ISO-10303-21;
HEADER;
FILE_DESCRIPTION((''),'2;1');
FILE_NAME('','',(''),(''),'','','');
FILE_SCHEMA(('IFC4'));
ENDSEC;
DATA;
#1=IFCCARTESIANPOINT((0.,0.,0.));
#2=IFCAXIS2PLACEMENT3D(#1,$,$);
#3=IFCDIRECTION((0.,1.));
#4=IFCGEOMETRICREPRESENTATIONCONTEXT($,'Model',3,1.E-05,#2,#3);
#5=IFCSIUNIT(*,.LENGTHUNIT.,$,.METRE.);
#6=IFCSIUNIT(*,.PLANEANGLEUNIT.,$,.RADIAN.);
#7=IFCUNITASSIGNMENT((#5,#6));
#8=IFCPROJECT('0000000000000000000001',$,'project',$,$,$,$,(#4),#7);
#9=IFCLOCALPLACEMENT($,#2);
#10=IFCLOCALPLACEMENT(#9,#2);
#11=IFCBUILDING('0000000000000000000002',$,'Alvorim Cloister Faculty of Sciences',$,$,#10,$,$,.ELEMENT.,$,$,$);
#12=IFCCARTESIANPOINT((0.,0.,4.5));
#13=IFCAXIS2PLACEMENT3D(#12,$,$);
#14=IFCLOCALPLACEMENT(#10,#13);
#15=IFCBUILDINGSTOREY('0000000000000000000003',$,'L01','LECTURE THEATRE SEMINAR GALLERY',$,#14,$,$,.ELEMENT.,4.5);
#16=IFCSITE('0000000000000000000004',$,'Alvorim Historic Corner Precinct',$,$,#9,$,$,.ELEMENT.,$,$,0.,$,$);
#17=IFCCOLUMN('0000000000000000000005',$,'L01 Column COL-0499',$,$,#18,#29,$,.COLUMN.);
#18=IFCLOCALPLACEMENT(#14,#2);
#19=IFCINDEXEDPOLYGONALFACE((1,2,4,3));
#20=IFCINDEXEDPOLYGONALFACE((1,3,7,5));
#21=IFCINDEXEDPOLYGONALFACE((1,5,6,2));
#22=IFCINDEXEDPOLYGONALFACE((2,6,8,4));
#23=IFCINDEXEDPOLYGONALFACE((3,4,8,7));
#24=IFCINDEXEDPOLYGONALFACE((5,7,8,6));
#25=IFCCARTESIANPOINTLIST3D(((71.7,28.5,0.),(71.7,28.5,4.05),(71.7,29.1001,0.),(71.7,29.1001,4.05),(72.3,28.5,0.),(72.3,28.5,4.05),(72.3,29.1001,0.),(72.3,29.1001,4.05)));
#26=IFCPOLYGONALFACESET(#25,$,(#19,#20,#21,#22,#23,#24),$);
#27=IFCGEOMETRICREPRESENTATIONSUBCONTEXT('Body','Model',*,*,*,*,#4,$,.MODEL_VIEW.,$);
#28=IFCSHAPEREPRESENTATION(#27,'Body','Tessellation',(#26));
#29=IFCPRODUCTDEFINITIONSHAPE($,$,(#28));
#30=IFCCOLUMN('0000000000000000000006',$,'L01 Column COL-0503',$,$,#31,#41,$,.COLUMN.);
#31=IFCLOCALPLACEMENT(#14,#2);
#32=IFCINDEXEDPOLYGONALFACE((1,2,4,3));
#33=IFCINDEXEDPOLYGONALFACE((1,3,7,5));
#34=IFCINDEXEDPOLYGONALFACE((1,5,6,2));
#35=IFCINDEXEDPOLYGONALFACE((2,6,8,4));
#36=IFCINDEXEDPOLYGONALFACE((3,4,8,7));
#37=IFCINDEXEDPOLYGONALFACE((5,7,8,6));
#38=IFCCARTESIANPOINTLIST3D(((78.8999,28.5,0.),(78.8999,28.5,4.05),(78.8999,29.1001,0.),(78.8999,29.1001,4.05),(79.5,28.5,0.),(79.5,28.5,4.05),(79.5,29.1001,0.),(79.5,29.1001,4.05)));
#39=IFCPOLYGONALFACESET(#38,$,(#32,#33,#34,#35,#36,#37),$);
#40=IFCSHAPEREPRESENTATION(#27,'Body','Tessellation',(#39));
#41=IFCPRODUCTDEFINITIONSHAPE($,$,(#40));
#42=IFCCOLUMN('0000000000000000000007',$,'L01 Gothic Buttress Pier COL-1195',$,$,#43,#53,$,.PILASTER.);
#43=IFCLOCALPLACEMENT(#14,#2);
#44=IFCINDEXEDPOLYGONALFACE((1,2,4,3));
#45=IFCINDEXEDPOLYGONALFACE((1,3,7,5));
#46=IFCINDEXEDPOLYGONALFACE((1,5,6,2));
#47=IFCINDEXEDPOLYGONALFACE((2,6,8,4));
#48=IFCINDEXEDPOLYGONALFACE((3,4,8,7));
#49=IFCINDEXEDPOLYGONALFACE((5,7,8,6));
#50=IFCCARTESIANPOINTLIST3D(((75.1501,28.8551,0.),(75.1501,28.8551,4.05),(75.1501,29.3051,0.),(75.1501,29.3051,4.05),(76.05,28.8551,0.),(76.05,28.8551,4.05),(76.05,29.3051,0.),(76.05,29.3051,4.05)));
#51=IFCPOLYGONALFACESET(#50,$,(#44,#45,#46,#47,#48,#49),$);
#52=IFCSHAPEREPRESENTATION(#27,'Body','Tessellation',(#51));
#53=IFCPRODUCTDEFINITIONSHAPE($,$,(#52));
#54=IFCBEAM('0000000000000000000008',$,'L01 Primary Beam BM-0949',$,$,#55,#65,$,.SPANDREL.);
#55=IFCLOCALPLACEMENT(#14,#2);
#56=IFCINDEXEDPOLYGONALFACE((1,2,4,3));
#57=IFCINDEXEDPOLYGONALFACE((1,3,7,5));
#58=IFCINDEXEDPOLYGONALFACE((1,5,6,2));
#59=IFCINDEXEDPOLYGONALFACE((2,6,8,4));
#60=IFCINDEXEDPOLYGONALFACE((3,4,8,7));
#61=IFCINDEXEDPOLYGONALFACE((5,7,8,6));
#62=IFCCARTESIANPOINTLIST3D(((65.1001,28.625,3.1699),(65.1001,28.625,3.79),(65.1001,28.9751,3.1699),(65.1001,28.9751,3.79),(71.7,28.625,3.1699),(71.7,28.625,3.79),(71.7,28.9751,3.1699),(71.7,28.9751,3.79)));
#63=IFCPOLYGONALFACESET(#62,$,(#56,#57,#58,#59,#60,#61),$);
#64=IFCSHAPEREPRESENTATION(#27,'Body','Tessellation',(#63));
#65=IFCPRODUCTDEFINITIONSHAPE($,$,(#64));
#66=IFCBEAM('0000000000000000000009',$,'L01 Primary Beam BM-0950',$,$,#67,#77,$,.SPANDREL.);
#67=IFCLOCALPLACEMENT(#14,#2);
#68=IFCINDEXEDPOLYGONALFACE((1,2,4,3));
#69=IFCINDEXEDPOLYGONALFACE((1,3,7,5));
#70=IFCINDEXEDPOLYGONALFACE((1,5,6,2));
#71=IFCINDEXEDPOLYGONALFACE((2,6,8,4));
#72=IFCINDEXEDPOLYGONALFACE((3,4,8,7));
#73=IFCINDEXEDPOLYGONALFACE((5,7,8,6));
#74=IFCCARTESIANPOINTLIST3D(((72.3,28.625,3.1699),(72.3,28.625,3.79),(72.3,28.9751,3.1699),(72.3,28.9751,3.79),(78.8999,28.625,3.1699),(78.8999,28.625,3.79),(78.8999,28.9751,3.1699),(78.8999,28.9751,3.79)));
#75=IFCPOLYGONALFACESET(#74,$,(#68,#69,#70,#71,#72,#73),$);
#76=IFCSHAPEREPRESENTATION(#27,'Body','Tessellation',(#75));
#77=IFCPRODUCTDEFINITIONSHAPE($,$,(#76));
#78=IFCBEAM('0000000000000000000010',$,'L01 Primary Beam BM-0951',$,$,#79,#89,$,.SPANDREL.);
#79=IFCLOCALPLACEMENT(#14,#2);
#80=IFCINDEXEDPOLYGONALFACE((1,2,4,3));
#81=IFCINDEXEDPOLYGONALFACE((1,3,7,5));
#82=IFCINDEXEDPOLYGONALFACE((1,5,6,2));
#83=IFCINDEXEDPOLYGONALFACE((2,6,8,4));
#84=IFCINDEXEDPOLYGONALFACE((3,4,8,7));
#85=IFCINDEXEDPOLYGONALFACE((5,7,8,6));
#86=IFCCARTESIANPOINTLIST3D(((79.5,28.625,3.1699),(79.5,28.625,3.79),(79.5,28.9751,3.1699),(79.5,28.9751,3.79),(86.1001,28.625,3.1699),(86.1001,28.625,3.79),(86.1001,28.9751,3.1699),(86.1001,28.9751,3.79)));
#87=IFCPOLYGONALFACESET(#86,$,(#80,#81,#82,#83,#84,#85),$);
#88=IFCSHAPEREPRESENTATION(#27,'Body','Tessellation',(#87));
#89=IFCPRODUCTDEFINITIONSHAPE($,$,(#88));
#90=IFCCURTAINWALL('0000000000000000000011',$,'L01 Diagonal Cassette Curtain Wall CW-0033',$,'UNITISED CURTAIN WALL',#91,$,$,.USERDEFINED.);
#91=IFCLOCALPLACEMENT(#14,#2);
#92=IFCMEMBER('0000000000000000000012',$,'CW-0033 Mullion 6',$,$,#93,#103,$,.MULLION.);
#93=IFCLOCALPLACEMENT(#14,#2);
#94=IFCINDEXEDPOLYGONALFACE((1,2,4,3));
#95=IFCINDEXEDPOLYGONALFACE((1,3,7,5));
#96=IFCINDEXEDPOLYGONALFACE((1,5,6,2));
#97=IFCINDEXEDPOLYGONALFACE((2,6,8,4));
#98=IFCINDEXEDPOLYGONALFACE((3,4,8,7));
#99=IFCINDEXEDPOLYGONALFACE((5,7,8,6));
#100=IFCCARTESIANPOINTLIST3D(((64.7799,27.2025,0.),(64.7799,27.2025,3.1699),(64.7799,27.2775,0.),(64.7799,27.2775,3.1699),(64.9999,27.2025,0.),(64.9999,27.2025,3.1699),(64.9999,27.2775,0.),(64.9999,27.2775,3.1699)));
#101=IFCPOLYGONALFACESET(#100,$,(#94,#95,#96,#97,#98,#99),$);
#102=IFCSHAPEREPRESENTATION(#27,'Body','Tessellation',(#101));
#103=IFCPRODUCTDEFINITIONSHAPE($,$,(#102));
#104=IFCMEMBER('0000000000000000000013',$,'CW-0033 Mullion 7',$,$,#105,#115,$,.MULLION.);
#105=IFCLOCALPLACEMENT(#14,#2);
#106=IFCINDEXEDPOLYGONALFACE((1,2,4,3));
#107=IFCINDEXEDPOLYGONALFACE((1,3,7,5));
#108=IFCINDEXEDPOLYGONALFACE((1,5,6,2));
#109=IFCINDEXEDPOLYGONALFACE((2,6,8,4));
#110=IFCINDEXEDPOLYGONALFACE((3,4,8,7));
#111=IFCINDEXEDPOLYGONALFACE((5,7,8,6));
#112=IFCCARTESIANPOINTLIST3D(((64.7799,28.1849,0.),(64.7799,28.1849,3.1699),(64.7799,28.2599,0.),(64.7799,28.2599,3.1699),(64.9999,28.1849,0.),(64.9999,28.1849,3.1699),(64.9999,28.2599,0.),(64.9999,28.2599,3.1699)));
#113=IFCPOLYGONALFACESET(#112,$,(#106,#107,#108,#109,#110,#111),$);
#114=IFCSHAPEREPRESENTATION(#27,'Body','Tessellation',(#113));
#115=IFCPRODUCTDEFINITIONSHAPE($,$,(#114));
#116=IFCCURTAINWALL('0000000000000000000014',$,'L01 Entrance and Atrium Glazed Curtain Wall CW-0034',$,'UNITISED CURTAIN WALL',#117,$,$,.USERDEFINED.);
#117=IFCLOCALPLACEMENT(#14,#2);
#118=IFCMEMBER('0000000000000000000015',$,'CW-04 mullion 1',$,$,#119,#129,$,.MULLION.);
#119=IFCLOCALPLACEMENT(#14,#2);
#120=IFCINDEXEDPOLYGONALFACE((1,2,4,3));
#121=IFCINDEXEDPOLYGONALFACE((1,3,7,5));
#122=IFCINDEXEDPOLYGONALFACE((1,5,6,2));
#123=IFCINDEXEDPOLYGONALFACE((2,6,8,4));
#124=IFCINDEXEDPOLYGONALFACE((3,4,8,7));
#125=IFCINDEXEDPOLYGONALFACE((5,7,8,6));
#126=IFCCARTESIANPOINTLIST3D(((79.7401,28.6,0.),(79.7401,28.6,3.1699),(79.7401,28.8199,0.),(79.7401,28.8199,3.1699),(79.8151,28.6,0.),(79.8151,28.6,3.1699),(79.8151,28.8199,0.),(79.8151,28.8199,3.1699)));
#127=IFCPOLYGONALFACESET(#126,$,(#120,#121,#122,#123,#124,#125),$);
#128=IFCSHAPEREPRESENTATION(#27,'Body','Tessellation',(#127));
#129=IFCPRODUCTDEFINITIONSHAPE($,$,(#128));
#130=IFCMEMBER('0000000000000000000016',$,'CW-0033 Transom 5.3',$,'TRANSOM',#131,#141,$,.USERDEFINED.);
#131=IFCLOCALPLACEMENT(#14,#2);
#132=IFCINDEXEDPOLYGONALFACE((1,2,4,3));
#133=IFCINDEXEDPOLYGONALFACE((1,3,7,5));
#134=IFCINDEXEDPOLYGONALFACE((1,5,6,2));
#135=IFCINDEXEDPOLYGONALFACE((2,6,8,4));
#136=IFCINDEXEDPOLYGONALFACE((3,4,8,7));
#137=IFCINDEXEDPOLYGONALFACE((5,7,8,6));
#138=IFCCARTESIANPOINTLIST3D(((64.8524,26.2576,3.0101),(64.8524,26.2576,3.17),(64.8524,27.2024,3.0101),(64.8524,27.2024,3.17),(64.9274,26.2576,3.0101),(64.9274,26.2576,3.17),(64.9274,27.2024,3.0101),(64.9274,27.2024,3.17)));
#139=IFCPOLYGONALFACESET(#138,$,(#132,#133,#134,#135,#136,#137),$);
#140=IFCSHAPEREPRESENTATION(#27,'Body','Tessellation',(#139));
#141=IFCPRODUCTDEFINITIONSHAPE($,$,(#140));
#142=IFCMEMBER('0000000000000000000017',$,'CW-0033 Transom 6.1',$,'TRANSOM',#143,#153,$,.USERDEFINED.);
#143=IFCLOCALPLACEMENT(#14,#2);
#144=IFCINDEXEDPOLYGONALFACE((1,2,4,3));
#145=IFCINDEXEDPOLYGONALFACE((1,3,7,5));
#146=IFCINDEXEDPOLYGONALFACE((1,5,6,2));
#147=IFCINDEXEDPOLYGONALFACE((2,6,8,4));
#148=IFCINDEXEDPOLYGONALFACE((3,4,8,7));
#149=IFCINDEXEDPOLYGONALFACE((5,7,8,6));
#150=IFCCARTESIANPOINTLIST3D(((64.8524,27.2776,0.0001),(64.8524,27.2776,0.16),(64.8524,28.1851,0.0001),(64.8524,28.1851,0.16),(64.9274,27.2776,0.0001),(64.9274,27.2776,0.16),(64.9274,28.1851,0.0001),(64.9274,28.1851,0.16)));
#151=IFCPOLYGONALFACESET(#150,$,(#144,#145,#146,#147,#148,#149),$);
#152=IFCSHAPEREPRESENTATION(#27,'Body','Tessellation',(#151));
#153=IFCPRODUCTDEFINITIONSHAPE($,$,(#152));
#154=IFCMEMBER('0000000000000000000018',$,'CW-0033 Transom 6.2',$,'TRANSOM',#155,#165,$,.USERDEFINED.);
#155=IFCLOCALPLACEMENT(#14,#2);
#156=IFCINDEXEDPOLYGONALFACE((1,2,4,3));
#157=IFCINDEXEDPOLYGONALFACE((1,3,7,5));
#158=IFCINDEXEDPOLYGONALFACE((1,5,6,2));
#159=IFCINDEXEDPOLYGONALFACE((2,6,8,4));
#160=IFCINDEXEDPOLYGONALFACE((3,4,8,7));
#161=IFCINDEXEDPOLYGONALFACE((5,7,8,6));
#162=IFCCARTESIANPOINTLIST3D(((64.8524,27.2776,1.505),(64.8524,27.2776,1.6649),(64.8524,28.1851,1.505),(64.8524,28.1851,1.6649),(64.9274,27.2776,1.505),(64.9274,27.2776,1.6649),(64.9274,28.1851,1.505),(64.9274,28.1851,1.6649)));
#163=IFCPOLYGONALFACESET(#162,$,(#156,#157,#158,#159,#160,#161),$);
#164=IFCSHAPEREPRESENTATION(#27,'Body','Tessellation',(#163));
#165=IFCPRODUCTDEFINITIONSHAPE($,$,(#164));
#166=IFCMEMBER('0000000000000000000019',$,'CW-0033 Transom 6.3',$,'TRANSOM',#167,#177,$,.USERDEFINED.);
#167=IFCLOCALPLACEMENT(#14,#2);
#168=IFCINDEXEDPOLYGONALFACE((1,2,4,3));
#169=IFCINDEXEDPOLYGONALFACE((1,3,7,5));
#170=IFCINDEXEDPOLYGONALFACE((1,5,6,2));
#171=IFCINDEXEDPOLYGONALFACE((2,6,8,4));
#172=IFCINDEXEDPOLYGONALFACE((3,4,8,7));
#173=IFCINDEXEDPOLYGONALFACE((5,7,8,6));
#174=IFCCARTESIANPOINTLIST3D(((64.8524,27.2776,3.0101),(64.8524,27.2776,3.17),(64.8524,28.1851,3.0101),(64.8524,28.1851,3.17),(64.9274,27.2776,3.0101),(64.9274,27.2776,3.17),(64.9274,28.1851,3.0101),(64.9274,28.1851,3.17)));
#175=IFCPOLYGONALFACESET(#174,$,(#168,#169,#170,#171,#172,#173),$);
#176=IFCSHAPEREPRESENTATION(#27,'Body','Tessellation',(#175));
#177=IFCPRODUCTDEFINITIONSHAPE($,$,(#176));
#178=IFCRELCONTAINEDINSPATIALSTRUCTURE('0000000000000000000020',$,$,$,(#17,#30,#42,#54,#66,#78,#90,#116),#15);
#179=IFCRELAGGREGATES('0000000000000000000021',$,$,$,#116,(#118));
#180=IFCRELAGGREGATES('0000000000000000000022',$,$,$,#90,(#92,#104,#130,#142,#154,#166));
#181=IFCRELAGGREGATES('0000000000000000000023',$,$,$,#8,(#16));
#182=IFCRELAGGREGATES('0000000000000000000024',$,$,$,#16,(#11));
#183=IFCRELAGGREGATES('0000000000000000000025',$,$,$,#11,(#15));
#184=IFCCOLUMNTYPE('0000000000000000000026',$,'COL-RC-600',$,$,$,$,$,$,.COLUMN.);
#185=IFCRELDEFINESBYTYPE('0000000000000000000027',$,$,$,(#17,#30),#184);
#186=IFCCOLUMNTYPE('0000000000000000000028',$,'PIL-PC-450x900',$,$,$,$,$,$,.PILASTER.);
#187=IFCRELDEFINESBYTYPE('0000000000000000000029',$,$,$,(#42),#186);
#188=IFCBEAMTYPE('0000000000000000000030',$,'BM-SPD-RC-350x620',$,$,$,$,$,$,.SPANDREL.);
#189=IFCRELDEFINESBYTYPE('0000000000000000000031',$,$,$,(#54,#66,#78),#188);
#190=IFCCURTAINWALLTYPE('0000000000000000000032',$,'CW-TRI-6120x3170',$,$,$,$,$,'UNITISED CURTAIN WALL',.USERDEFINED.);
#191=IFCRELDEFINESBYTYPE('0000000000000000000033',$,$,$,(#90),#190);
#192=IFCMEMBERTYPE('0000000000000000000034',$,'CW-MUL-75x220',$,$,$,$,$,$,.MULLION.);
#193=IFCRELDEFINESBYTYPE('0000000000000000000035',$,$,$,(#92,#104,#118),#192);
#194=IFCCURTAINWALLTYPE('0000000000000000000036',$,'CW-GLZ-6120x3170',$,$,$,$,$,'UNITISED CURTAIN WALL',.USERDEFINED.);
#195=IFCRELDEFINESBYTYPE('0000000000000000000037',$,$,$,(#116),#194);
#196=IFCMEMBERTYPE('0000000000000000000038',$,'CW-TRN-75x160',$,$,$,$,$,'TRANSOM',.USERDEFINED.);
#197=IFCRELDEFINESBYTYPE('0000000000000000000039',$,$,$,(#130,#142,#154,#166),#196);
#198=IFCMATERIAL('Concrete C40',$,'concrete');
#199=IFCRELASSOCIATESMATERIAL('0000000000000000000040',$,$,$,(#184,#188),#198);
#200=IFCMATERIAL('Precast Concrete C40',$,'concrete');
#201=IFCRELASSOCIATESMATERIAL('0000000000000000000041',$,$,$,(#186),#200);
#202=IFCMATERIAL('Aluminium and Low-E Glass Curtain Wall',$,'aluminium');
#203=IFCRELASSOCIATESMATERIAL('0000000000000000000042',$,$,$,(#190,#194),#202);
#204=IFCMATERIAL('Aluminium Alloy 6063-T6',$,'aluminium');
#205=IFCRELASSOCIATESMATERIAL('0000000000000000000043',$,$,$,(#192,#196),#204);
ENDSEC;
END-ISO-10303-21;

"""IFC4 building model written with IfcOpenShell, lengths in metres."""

from ifc_helpers import new_model, si_unit, direction, frame, origin, origin_2d, place, context, subcontext, project, spatial, rectangle, extrude, material, material_profile, profile_set, type_object, element, aggregate, save


model = new_model("IFC4")

# Units and contexts
model_context = context("Model", 3, precision=1e-05, world=origin(), true_north=direction((0.0, 1.0)))
body_context = subcontext(model_context, "Body", "Model", "MODEL_VIEW")
ifc_project = project(units=[si_unit("LENGTHUNIT", "METRE"), si_unit("PLANEANGLEUNIT", "RADIAN")], contexts=[model_context])

# Site, building, storey
site_placement = place(None, origin())
site = spatial("IfcSite", under=ifc_project, at=site_placement, Name="Alvorim Historic Corner Precinct", CompositionType="ELEMENT", RefElevation=0.0)
building_placement = place(site_placement, origin())
building = spatial("IfcBuilding", under=site, at=building_placement, Name="Alvorim Cloister Faculty of Sciences", CompositionType="ELEMENT")
storey_placement = place(building_placement, frame((0.0, 0.0, 4.5)))
storey = spatial("IfcBuildingStorey", under=building, at=storey_placement, Name="L01", Description="LECTURE THEATRE SEMINAR GALLERY", CompositionType="ELEMENT", Elevation=4.5)

# Columns
ifc_material_1 = material(Name="Concrete C40", Category="concrete")
ifc_material_profile_1 = material_profile(ifc_material_1, rectangle(XDim=0.6001, YDim=0.6001, at=origin_2d()), Name="RC40-COL-600x600")
ifc_profile_set_1 = profile_set([ifc_material_profile_1], Name="Concrete C40")
column_type_1 = type_object("IfcColumnType", Name="COL-RC-600", PredefinedType="COLUMN", material=ifc_profile_set_1)
for number, where, z_axis, x_axis, name in (
    (1, (72.0, 28.8, 0.0), (0.0, 0.0, 1.0), (1.0, 0.0, 0.0), "L01 Column COL-0499"),
    (2, (79.2, 28.8, 0.0), (0.0, 0.0, 1.0), (1.0, 0.0, 0.0), "L01 Column COL-0503"),
):
    element("IfcColumn", number, at=place(storey_placement, frame(where, z_axis=z_axis, x_axis=x_axis)), inside=storey, type_object=column_type_1, Name=name, PredefinedType="COLUMN", context=body_context, shape_type="SweptSolid", body=[
        extrude(rectangle(XDim=0.6001, YDim=0.6001, at=origin_2d()), origin(), (0.0, 0.0, 1.0), 4.05),
    ])
ifc_material_2 = material(Name="Precast Concrete C40", Category="concrete")
ifc_material_profile_2 = material_profile(ifc_material_2, rectangle(XDim=0.45, YDim=0.8999, at=origin_2d()), Name="RC40-PIL-450x900")
ifc_profile_set_2 = profile_set([ifc_material_profile_2], Name="Precast Concrete C40")
column_type_2 = type_object("IfcColumnType", Name="PIL-PC-450x900", PredefinedType="PILASTER", material=ifc_profile_set_2)
column_placement = place(storey_placement, frame((75.6001, 29.0801, 0.0), z_axis=(0.0, 0.0, 1.0), x_axis=(0.0, 1.0, 0.0)))
element("IfcColumn", 3, at=column_placement, inside=storey, type_object=column_type_2, Name="L01 Gothic Buttress Pier COL-1195", PredefinedType="PILASTER", context=body_context, shape_type="SweptSolid", body=[
    extrude(rectangle(XDim=0.45, YDim=0.8999, at=origin_2d()), origin(), (0.0, 0.0, 1.0), 4.05),
])

# Beams
ifc_material_profile_3 = material_profile(ifc_material_1, rectangle(XDim=0.3501, YDim=0.6201, at=origin_2d()), Name="RC40-SPD-350x620")
ifc_profile_set_3 = profile_set([ifc_material_profile_3], Name="Concrete C40")
beam_type = type_object("IfcBeamType", Name="BM-SPD-RC-350x620", PredefinedType="SPANDREL", material=ifc_profile_set_3)
for number, where, z_axis, x_axis, name in (
    (4, (65.1001, 28.8, 3.48), (1.0, 0.0, 0.0), (0.0, 1.0, 0.0), "L01 Primary Beam BM-0949"),
    (5, (72.3, 28.8, 3.48), (1.0, 0.0, 0.0), (0.0, 1.0, 0.0), "L01 Primary Beam BM-0950"),
):
    element("IfcBeam", number, at=place(storey_placement, frame(where, z_axis=z_axis, x_axis=x_axis)), inside=storey, type_object=beam_type, Name=name, PredefinedType="SPANDREL", context=body_context, shape_type="SweptSolid", body=[
        extrude(rectangle(XDim=0.3501, YDim=0.6201, at=origin_2d()), origin(), (0.0, 0.0, 1.0), 6.5999),
    ])
beam_placement = place(storey_placement, frame((79.5, 28.8, 3.48), z_axis=(1.0, 0.0, 0.0), x_axis=(0.0, 1.0, 0.0)))
element("IfcBeam", 6, at=beam_placement, inside=storey, type_object=beam_type, Name="L01 Primary Beam BM-0951", PredefinedType="SPANDREL", context=body_context, shape_type="SweptSolid", body=[
    extrude(rectangle(XDim=0.3501, YDim=0.6201, at=origin_2d()), origin(), (0.0, 0.0, 1.0), 6.6001),
])

# Curtain wall, members
ifc_material_3 = material(Name="Aluminium and Low-E Glass Curtain Wall", Category="aluminium")
curtain_wall_type_1 = type_object("IfcCurtainWallType", Name="CW-TRI-6120x3170", ElementType="UNITISED CURTAIN WALL", PredefinedType="USERDEFINED", material=ifc_material_3)
curtain_wall_1_placement = place(storey_placement, origin())
curtain_wall_1 = element("IfcCurtainWall", 7, at=curtain_wall_1_placement, inside=storey, type_object=curtain_wall_type_1, Name="L01 Diagonal Cassette Curtain Wall CW-0033", ObjectType="UNITISED CURTAIN WALL", PredefinedType="USERDEFINED")
ifc_material_4 = material(Name="Aluminium Alloy 6063-T6", Category="aluminium")
ifc_material_profile_4 = material_profile(ifc_material_4, rectangle(XDim=0.075, YDim=0.22, at=origin_2d()), Name="ALU-MUL-75x220")
ifc_profile_set_4 = profile_set([ifc_material_profile_4], Name="Aluminium Alloy 6063-T6")
member_type_1 = type_object("IfcMemberType", Name="CW-MUL-75x220", PredefinedType="MULLION", material=ifc_profile_set_4)
member_1_placement = place(storey_placement, frame((64.8899, 27.24, 0.0), z_axis=(0.0, 0.0, 1.0), x_axis=(0.0, 1.0, 0.0)))
member_1 = element("IfcMember", 8, at=member_1_placement, type_object=member_type_1, Name="CW-0033 Mullion 6", PredefinedType="MULLION", context=body_context, shape_type="SweptSolid", body=[
    extrude(rectangle(XDim=0.075, YDim=0.22, at=origin_2d()), origin(), (0.0, 0.0, 1.0), 3.1699),
])
member_2_placement = place(storey_placement, frame((64.8899, 28.2224, 0.0), z_axis=(0.0, 0.0, 1.0), x_axis=(0.0, 1.0, 0.0)))
member_2 = element("IfcMember", 9, at=member_2_placement, type_object=member_type_1, Name="CW-0033 Mullion 7", PredefinedType="MULLION", context=body_context, shape_type="SweptSolid", body=[
    extrude(rectangle(XDim=0.075, YDim=0.22, at=origin_2d()), origin(), (0.0, 0.0, 1.0), 3.1699),
])

# Curtain wall, member
curtain_wall_type_2 = type_object("IfcCurtainWallType", Name="CW-GLZ-6120x3170", ElementType="UNITISED CURTAIN WALL", PredefinedType="USERDEFINED", material=ifc_material_3)
curtain_wall_2_placement = place(storey_placement, origin())
curtain_wall_2 = element("IfcCurtainWall", 10, at=curtain_wall_2_placement, inside=storey, type_object=curtain_wall_type_2, Name="L01 Entrance and Atrium Glazed Curtain Wall CW-0034", ObjectType="UNITISED CURTAIN WALL", PredefinedType="USERDEFINED")
member_3_placement = place(storey_placement, frame((79.7776, 28.71, 0.0), z_axis=(0.0, 0.0, 1.0), x_axis=(1.0, 0.0, 0.0)))
member_3 = element("IfcMember", 11, at=member_3_placement, type_object=member_type_1, Name="CW-04 mullion 1", PredefinedType="MULLION", context=body_context, shape_type="SweptSolid", body=[
    extrude(rectangle(XDim=0.075, YDim=0.22, at=origin_2d()), origin(), (0.0, 0.0, 1.0), 3.1699),
])
aggregate(curtain_wall_2, [member_3])

# Members
ifc_material_profile_5 = material_profile(ifc_material_4, rectangle(XDim=0.075, YDim=0.1599, at=origin_2d()), Name="ALU-TRN-75x160")
ifc_profile_set_5 = profile_set([ifc_material_profile_5], Name="Aluminium Alloy 6063-T6")
member_type_2 = type_object("IfcMemberType", Name="CW-TRN-75x160", ElementType="TRANSOM", PredefinedType="USERDEFINED", material=ifc_profile_set_5)
member_4_placement = place(storey_placement, frame((64.8899, 26.2576, 3.0901), z_axis=(0.0, 1.0, 0.0), x_axis=(-1.0, 0.0, 0.0)))
member_4 = element("IfcMember", 12, at=member_4_placement, type_object=member_type_2, Name="CW-0033 Transom 5.3", ObjectType="TRANSOM", PredefinedType="USERDEFINED", context=body_context, shape_type="SweptSolid", body=[
    extrude(rectangle(XDim=0.075, YDim=0.1599, at=origin_2d()), origin(), (0.0, 0.0, 1.0), 0.9448),
])
member_5_placement = place(storey_placement, frame((64.8899, 27.2776, 0.0801), z_axis=(0.0, 1.0, 0.0), x_axis=(-1.0, 0.0, 0.0)))
member_5 = element("IfcMember", 13, at=member_5_placement, type_object=member_type_2, Name="CW-0033 Transom 6.1", ObjectType="TRANSOM", PredefinedType="USERDEFINED", context=body_context, shape_type="SweptSolid", body=[
    extrude(rectangle(XDim=0.075, YDim=0.1599, at=origin_2d()), origin(), (0.0, 0.0, 1.0), 0.9075),
])
member_6_placement = place(storey_placement, frame((64.8899, 27.2776, 1.585), z_axis=(0.0, 1.0, 0.0), x_axis=(-1.0, 0.0, 0.0)))
member_6 = element("IfcMember", 14, at=member_6_placement, type_object=member_type_2, Name="CW-0033 Transom 6.2", ObjectType="TRANSOM", PredefinedType="USERDEFINED", context=body_context, shape_type="SweptSolid", body=[
    extrude(rectangle(XDim=0.075, YDim=0.1599, at=origin_2d()), origin(), (0.0, 0.0, 1.0), 0.9075),
])
member_7_placement = place(storey_placement, frame((64.8899, 27.2776, 3.0901), z_axis=(0.0, 1.0, 0.0), x_axis=(-1.0, 0.0, 0.0)))
member_7 = element("IfcMember", 15, at=member_7_placement, type_object=member_type_2, Name="CW-0033 Transom 6.3", ObjectType="TRANSOM", PredefinedType="USERDEFINED", context=body_context, shape_type="SweptSolid", body=[
    extrude(rectangle(XDim=0.075, YDim=0.1599, at=origin_2d()), origin(), (0.0, 0.0, 1.0), 0.9075),
])
aggregate(curtain_wall_1, [member_1, member_2, member_4, member_5, member_6, member_7])

save(model, "model.ifc")
